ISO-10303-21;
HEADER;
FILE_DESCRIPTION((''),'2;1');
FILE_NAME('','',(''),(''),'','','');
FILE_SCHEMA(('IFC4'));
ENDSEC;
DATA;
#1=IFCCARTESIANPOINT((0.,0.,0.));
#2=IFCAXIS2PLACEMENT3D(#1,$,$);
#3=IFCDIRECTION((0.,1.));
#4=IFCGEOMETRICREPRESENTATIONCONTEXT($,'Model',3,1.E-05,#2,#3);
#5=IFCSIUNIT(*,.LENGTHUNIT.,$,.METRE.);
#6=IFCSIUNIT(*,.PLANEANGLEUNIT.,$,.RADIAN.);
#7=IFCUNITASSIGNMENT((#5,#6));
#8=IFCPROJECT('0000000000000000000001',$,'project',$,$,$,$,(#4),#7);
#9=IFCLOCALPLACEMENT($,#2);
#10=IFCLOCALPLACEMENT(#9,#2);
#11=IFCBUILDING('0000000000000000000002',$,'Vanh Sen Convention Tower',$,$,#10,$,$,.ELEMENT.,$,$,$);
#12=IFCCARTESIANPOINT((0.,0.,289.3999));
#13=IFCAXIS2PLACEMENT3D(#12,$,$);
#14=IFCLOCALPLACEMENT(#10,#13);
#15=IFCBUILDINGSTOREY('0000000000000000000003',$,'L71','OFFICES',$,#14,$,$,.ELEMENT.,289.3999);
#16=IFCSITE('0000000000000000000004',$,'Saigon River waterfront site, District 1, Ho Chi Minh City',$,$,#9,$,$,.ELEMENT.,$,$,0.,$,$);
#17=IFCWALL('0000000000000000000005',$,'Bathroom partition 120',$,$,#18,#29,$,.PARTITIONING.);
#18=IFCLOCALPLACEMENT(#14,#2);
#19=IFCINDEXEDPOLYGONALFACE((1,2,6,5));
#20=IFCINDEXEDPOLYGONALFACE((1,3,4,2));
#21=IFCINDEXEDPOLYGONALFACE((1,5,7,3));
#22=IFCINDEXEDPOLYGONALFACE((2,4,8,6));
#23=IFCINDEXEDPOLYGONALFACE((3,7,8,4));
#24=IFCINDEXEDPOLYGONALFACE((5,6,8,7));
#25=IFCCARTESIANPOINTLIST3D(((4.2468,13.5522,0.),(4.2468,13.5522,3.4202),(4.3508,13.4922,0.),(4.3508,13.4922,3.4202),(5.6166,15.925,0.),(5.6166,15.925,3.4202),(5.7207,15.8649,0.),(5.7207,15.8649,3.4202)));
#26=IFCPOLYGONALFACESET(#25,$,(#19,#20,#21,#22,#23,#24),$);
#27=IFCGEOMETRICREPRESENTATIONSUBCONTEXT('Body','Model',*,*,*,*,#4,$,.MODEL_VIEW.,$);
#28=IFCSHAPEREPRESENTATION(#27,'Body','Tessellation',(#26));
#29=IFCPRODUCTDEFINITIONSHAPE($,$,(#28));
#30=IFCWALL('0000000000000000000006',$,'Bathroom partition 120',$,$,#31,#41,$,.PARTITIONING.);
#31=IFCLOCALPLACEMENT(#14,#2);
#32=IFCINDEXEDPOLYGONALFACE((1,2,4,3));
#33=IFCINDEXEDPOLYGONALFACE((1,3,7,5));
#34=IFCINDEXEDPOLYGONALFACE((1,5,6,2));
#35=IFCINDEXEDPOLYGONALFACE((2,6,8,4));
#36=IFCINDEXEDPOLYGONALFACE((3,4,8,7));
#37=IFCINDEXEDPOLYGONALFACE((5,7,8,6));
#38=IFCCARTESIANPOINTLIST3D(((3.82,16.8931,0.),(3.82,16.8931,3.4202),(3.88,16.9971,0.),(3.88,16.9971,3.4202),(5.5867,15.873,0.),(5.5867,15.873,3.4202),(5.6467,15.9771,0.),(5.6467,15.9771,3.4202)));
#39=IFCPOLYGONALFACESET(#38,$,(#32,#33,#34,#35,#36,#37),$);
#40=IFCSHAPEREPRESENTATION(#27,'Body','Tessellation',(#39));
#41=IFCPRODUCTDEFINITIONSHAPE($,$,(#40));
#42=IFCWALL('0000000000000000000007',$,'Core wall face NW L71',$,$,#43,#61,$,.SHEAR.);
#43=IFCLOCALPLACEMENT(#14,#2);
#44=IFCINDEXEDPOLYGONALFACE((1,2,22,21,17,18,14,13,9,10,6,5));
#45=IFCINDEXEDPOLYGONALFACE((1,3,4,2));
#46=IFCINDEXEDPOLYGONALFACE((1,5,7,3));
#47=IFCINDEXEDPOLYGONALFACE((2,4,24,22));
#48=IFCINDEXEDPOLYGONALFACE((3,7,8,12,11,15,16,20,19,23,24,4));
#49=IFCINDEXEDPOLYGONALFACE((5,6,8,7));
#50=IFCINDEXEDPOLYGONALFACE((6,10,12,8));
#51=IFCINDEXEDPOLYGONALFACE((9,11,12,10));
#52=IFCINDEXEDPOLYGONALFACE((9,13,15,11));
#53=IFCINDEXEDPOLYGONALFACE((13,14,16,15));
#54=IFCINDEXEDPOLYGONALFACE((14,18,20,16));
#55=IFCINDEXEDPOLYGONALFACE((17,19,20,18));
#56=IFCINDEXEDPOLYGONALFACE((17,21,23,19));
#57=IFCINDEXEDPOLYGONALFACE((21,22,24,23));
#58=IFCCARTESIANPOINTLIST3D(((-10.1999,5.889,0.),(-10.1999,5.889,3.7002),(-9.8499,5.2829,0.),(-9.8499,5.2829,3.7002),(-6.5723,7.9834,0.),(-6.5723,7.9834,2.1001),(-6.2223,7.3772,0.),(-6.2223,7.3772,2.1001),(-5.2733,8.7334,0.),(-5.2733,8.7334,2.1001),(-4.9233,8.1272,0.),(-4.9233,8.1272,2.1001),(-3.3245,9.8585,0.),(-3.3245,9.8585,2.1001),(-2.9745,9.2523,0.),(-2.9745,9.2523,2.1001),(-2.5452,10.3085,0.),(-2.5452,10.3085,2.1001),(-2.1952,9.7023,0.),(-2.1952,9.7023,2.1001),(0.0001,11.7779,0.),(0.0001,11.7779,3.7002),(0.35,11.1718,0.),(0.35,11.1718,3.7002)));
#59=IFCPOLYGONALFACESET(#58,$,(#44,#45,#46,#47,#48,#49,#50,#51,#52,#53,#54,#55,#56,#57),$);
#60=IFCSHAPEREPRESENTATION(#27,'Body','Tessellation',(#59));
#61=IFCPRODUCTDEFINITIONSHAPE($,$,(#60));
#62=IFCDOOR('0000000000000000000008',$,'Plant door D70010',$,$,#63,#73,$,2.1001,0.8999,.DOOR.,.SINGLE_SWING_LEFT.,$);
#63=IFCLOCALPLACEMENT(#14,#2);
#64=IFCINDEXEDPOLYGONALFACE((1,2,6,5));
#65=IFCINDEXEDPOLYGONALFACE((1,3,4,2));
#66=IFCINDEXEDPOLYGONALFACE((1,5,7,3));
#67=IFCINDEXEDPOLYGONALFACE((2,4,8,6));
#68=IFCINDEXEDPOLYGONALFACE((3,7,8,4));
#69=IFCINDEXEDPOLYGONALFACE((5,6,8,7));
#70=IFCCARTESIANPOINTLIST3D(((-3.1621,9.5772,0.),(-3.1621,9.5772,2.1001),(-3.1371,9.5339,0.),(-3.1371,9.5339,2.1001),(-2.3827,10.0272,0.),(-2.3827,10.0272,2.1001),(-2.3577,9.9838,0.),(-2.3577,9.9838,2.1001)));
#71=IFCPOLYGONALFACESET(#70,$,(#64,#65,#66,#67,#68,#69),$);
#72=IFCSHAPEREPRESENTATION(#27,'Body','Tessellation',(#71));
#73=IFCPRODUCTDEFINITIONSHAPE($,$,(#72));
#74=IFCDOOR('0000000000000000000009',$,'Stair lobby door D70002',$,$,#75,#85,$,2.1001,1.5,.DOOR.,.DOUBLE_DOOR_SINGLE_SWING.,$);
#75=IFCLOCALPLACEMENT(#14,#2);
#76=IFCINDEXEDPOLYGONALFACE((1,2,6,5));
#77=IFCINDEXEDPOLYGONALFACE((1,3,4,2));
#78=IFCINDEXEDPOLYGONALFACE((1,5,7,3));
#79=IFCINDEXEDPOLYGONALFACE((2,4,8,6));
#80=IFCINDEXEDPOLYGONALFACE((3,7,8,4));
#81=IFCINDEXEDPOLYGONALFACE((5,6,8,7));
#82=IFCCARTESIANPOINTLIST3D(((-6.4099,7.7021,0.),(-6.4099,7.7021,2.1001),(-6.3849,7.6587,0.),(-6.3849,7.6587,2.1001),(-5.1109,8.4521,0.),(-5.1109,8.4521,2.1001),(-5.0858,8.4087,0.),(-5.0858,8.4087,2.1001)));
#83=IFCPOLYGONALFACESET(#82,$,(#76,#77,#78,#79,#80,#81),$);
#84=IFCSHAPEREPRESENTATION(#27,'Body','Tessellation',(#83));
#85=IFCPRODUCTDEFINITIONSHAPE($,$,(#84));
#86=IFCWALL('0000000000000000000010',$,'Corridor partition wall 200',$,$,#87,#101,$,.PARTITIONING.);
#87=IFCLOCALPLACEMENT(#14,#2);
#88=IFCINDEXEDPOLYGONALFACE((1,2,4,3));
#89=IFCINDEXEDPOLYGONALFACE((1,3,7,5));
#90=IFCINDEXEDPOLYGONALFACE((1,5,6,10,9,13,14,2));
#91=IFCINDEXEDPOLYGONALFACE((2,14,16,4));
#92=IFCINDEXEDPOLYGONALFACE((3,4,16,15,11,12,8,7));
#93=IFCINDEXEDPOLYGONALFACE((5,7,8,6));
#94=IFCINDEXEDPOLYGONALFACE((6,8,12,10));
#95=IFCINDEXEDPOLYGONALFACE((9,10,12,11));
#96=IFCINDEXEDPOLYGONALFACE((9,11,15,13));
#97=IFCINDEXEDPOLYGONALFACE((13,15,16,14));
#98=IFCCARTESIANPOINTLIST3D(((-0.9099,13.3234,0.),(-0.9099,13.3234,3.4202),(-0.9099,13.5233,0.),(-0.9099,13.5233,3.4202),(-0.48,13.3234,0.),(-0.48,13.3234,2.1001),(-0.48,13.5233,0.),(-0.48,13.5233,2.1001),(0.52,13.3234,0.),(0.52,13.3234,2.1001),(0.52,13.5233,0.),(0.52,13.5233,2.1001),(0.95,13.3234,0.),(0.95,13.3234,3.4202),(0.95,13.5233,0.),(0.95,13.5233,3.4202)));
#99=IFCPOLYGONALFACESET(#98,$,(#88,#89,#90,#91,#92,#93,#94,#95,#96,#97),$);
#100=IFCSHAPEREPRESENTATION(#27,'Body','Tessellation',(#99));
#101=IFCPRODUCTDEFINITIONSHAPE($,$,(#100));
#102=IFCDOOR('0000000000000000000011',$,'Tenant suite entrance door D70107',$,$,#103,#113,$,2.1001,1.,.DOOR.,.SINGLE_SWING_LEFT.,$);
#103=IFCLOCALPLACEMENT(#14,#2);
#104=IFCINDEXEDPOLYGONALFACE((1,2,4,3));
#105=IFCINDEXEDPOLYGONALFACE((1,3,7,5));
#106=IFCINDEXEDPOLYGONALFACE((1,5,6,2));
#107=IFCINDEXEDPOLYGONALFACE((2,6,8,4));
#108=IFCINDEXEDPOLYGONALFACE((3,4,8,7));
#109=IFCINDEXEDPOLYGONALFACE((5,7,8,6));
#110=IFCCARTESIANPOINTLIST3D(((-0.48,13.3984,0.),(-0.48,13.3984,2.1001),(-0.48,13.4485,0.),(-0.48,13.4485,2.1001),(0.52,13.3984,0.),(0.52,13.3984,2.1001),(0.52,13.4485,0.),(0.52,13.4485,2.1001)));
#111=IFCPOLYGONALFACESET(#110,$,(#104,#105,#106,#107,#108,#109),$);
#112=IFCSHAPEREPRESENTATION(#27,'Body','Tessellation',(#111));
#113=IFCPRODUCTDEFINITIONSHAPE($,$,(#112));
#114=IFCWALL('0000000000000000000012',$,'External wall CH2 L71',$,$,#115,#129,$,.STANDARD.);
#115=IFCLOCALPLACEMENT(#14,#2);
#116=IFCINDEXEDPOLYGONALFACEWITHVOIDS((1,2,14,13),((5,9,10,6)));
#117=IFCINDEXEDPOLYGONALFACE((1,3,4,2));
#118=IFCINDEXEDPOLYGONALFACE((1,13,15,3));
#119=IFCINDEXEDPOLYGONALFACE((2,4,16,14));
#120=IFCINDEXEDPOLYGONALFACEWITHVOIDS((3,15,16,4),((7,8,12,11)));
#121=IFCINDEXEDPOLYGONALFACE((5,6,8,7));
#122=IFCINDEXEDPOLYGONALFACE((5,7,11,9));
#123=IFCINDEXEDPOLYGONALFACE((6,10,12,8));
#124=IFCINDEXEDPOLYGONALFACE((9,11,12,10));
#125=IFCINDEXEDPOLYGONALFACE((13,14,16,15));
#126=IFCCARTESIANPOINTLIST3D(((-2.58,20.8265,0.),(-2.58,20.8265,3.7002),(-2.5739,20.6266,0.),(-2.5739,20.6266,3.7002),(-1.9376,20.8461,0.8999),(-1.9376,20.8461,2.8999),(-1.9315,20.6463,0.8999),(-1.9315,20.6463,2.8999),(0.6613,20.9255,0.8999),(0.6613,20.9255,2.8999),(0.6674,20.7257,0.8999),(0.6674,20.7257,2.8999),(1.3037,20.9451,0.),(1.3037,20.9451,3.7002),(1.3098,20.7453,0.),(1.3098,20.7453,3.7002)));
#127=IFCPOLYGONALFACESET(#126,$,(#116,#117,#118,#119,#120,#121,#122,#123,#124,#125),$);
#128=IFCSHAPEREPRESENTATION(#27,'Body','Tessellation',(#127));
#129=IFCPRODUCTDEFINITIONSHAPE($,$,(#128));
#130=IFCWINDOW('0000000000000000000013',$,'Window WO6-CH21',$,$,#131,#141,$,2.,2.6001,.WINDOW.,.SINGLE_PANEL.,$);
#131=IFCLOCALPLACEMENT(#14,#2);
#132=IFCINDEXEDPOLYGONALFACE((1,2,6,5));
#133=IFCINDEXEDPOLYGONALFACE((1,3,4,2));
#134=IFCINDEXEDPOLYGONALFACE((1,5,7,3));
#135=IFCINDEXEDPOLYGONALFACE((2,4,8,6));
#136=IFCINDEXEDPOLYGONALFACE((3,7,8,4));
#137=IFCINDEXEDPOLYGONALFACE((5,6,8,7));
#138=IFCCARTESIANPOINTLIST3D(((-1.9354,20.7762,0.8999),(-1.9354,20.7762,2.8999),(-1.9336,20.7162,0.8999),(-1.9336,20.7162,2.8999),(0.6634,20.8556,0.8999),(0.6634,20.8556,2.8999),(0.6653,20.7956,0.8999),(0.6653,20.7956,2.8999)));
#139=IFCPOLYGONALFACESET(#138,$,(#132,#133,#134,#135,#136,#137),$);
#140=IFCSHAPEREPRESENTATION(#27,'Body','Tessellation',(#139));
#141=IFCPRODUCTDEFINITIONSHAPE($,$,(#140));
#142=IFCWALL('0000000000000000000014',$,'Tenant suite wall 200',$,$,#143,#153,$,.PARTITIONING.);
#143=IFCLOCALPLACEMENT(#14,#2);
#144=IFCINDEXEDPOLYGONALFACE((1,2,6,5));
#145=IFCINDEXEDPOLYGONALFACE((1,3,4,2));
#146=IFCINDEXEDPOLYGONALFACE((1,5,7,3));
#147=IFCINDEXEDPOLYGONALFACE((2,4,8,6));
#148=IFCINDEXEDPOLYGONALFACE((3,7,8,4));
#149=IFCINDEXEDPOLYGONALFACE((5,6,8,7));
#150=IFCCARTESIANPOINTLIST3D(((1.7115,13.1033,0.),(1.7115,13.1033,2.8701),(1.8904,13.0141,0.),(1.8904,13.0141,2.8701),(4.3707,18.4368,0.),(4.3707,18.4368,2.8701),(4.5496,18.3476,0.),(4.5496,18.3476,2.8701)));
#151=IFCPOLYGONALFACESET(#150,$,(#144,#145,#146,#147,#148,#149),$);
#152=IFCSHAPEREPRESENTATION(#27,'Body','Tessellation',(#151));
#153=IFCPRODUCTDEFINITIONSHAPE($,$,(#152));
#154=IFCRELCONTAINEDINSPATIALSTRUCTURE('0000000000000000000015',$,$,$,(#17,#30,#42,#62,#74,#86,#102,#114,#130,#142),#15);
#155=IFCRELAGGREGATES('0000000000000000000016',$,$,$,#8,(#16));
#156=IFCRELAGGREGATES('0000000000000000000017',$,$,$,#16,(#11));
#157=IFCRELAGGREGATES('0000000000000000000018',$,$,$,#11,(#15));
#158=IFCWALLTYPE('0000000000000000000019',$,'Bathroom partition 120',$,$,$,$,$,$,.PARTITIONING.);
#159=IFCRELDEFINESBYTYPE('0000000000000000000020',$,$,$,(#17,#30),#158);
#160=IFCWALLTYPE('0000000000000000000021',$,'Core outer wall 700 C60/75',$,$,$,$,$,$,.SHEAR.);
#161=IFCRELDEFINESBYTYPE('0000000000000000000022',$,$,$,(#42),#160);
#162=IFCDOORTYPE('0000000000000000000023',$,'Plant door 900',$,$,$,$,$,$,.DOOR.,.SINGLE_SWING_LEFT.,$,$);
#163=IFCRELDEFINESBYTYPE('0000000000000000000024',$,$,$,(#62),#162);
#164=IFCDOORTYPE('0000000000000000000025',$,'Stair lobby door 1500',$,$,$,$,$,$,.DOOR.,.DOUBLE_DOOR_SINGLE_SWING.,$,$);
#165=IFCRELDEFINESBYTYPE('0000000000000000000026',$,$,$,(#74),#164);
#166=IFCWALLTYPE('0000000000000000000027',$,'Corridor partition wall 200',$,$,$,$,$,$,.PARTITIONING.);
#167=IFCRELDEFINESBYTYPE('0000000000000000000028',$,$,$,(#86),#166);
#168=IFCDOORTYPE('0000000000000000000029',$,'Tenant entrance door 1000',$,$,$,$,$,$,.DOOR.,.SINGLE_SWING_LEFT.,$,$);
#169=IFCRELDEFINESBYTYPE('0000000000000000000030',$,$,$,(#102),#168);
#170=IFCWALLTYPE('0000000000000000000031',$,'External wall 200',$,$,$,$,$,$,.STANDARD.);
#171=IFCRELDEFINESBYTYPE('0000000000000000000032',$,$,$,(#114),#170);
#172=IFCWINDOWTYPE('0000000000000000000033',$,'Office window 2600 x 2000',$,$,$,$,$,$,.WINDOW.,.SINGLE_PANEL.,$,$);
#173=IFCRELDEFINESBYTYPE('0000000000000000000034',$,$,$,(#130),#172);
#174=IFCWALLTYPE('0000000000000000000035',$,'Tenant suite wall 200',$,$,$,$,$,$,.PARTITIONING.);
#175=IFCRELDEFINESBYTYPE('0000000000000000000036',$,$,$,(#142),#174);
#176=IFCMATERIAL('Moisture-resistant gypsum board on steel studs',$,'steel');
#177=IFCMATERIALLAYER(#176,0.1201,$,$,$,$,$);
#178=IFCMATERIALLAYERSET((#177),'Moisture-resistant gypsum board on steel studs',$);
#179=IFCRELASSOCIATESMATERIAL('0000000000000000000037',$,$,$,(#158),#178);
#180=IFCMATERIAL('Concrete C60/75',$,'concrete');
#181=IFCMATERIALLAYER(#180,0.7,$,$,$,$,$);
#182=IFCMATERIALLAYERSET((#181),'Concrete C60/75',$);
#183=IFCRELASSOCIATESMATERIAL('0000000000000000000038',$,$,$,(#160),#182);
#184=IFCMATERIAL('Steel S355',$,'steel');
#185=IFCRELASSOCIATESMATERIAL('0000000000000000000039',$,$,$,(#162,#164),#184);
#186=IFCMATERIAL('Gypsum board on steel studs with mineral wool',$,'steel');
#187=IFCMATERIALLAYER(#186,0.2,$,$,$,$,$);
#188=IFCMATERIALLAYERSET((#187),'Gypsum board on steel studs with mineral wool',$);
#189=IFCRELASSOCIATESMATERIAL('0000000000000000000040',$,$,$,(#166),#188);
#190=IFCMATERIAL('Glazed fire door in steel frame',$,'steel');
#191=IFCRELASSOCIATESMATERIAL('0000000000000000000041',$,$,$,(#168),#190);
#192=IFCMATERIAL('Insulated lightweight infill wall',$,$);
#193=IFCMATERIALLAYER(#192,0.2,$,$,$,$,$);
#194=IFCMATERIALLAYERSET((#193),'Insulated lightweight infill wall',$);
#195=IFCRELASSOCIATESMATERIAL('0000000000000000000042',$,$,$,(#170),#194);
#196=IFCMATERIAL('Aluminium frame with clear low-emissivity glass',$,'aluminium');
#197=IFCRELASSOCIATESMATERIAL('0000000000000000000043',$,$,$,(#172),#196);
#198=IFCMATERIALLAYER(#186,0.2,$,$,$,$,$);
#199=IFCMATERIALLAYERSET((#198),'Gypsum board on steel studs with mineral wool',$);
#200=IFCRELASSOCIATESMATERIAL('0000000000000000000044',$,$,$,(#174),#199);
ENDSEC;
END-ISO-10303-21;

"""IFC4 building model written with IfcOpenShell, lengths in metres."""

from ifc_helpers import new_model, si_unit, direction, frame, frame_2d, origin, place, context, subcontext, project, spatial, rectangle, extrude, material, layer, layer_set, type_object, element, fill, save


model = new_model("IFC4")

# Units and contexts
model_context = context("Model", 3, precision=1e-05, world=origin(), true_north=direction((0.0, 1.0)))
body_context = subcontext(model_context, "Body", "Model", "MODEL_VIEW")
ifc_project = project(units=[si_unit("LENGTHUNIT", "METRE"), si_unit("PLANEANGLEUNIT", "RADIAN")], contexts=[model_context])

# Site, building, storey
site_placement = place(None, origin())
site = spatial("IfcSite", under=ifc_project, at=site_placement, Name="Saigon River waterfront site, District 1, Ho Chi Minh City", CompositionType="ELEMENT", RefElevation=0.0)
building_placement = place(site_placement, origin())
building = spatial("IfcBuilding", under=site, at=building_placement, Name="Vanh Sen Convention Tower", CompositionType="ELEMENT")
storey_placement = place(building_placement, frame((0.0, 0.0, 289.3999)))
storey = spatial("IfcBuildingStorey", under=building, at=storey_placement, Name="L71", Description="OFFICES", CompositionType="ELEMENT", Elevation=289.3999)

# Shared definitions
ifc_material_1 = material(Name="Concrete C60/75", Category="concrete")

# Walls
ifc_material_2 = material(Name="Moisture-resistant gypsum board on steel studs", Category="steel")
ifc_layer_1 = layer(ifc_material_2, 0.1201)
ifc_layer_set_1 = layer_set([ifc_layer_1], Name="Moisture-resistant gypsum board on steel studs")
wall_type_1 = type_object("IfcWallType", Name="Bathroom partition 120", PredefinedType="PARTITIONING", material=ifc_layer_set_1)
wall_1_placement = place(storey_placement, frame((4.2988, 13.5222, 0.0), z_axis=(0.0, 0.0, 1.0), x_axis=(0.499982, 0.866036, 0.0)))
element("IfcWall", 1, at=wall_1_placement, inside=storey, type_object=wall_type_1, Name="Bathroom partition 120", PredefinedType="PARTITIONING", context=body_context, shape_type="SweptSolid", body=[
    extrude(rectangle(XDim=2.7397, YDim=0.1201, at=frame_2d((1.3699, 0.0))), origin(), (0.0, 0.0, 1.0), 3.4202),
])
wall_2_placement = place(storey_placement, frame((5.6167, 15.925, 0.0), z_axis=(0.0, 0.0, 1.0), x_axis=(-0.86601, 0.500026, 0.0)))
element("IfcWall", 2, at=wall_2_placement, inside=storey, type_object=wall_type_1, Name="Bathroom partition 120", PredefinedType="PARTITIONING", context=body_context, shape_type="SweptSolid", body=[
    extrude(rectangle(XDim=2.04, YDim=0.1201, at=frame_2d((1.02, 0.0))), origin(), (0.0, 0.0, 1.0), 3.4202),
])

# Wall, openings, doors
ifc_layer_2 = layer(ifc_material_1, 0.7)
ifc_layer_set_2 = layer_set([ifc_layer_2], Name="Concrete C60/75")
wall_type_2 = type_object("IfcWallType", Name="Core outer wall 700 C60/75", PredefinedType="SHEAR", material=ifc_layer_set_2)
wall_3_placement = place(storey_placement, frame((0.175, 11.4749, 0.0), z_axis=(0.0, 0.0, 1.0), x_axis=(-0.866026, -0.499998, 0.0)))
wall_3 = element("IfcWall", 3, at=wall_3_placement, inside=storey, type_object=wall_type_2, Name="Core wall face NW L71", PredefinedType="SHEAR", context=body_context, shape_type="SweptSolid", body=[
    extrude(rectangle(XDim=11.7778, YDim=0.7, at=frame_2d((5.8889, 0.0))), origin(), (0.0, 0.0, 1.0), 3.7002),
])
opening_1_placement = place(wall_3_placement, frame((6.0891, 0.0, 0.0)))
opening_1 = element("IfcOpeningElement", 4, at=opening_1_placement, cuts=wall_3, PredefinedType="OPENING", context=body_context, shape_type="SweptSolid", body=[
    extrude(rectangle(XDim=1.5, YDim=2.1001, at=frame_2d((0.75, 1.05))), frame((0.0, 0.3599, 0.0), z_axis=(0.0, -1.0, 0.0), x_axis=(1.0, 0.0, 0.0)), (0.0, 0.0, 1.0), 0.72),
])
opening_2_placement = place(wall_3_placement, frame((2.939, 0.0, 0.0)))
opening_2 = element("IfcOpeningElement", 5, at=opening_2_placement, cuts=wall_3, PredefinedType="OPENING", context=body_context, shape_type="SweptSolid", body=[
    extrude(rectangle(XDim=0.8999, YDim=2.1001, at=frame_2d((0.45, 1.05))), frame((0.0, 0.3599, 0.0), z_axis=(0.0, -1.0, 0.0), x_axis=(1.0, 0.0, 0.0)), (0.0, 0.0, 1.0), 0.72),
])
ifc_material_3 = material(Name="Steel S355", Category="steel")
door_type_1 = type_object("IfcDoorType", Name="Plant door 900", OperationType="SINGLE_SWING_LEFT", PredefinedType="DOOR", material=ifc_material_3)
door_1_placement = place(opening_2_placement, origin())
door_1 = element("IfcDoor", 6, at=door_1_placement, inside=storey, type_object=door_type_1, Name="Plant door D70010", OperationType="SINGLE_SWING_LEFT", OverallHeight=2.1001, OverallWidth=0.8999, PredefinedType="DOOR", context=body_context, shape_type="SweptSolid", body=[
    extrude(rectangle(XDim=0.8999, YDim=2.1001, at=frame_2d((0.45, 1.05))), frame((0.0, 0.0249, 0.0), z_axis=(0.0, -1.0, 0.0), x_axis=(1.0, 0.0, 0.0)), (0.0, 0.0, 1.0), 0.05),
])
fill(opening_2, door_1)
door_type_2 = type_object("IfcDoorType", Name="Stair lobby door 1500", OperationType="DOUBLE_DOOR_SINGLE_SWING", PredefinedType="DOOR", material=ifc_material_3)
door_2_placement = place(opening_1_placement, origin())
door_2 = element("IfcDoor", 7, at=door_2_placement, inside=storey, type_object=door_type_2, Name="Stair lobby door D70002", OperationType="DOUBLE_DOOR_SINGLE_SWING", OverallHeight=2.1001, OverallWidth=1.5, PredefinedType="DOOR", context=body_context, shape_type="SweptSolid", body=[
    extrude(rectangle(XDim=1.5, YDim=2.1001, at=frame_2d((0.75, 1.05))), frame((0.0, 0.0249, 0.0), z_axis=(0.0, -1.0, 0.0), x_axis=(1.0, 0.0, 0.0)), (0.0, 0.0, 1.0), 0.05),
])
fill(opening_1, door_2)

# Wall, opening, door
ifc_material_4 = material(Name="Gypsum board on steel studs with mineral wool", Category="steel")
ifc_layer_3 = layer(ifc_material_4, 0.2)
ifc_layer_set_3 = layer_set([ifc_layer_3], Name="Gypsum board on steel studs with mineral wool")
wall_type_3 = type_object("IfcWallType", Name="Corridor partition wall 200", PredefinedType="PARTITIONING", material=ifc_layer_set_3)
wall_4_placement = place(storey_placement, frame((0.95, 13.4233, 0.0), z_axis=(0.0, 0.0, 1.0), x_axis=(-1.0, 0.0, 0.0)))
wall_4 = element("IfcWall", 8, at=wall_4_placement, inside=storey, type_object=wall_type_3, Name="Corridor partition wall 200", PredefinedType="PARTITIONING", context=body_context, shape_type="SweptSolid", body=[
    extrude(rectangle(XDim=1.8599, YDim=0.2, at=frame_2d((0.9299, 0.0))), origin(), (0.0, 0.0, 1.0), 3.4202),
])
opening_3_placement = place(wall_4_placement, frame((0.4299, 0.0, 0.0)))
opening_3 = element("IfcOpeningElement", 9, at=opening_3_placement, cuts=wall_4, PredefinedType="OPENING", context=body_context, shape_type="SweptSolid", body=[
    extrude(rectangle(XDim=1.0, YDim=2.1001, at=frame_2d((0.5, 1.05))), frame((0.0, 0.1099, 0.0), z_axis=(0.0, -1.0, 0.0), x_axis=(1.0, 0.0, 0.0)), (0.0, 0.0, 1.0), 0.22),
])
ifc_material_5 = material(Name="Glazed fire door in steel frame", Category="steel")
door_type_3 = type_object("IfcDoorType", Name="Tenant entrance door 1000", OperationType="SINGLE_SWING_LEFT", PredefinedType="DOOR", material=ifc_material_5)
door_3_placement = place(opening_3_placement, origin())
door_3 = element("IfcDoor", 10, at=door_3_placement, inside=storey, type_object=door_type_3, Name="Tenant suite entrance door D70107", OperationType="SINGLE_SWING_LEFT", OverallHeight=2.1001, OverallWidth=1.0, PredefinedType="DOOR", context=body_context, shape_type="SweptSolid", body=[
    extrude(rectangle(XDim=1.0, YDim=2.1001, at=frame_2d((0.5, 1.05))), frame((0.0, 0.0249, 0.0), z_axis=(0.0, -1.0, 0.0), x_axis=(1.0, 0.0, 0.0)), (0.0, 0.0, 1.0), 0.05),
])
fill(opening_3, door_3)

# Wall, opening, window
ifc_material_6 = material(Name="Insulated lightweight infill wall")
ifc_layer_4 = layer(ifc_material_6, 0.2)
ifc_layer_set_4 = layer_set([ifc_layer_4], Name="Insulated lightweight infill wall")
wall_type_4 = type_object("IfcWallType", Name="External wall 200", PredefinedType="STANDARD", material=ifc_layer_set_4)
wall_5_placement = place(storey_placement, frame((1.3069, 20.8452, 0.0), z_axis=(0.0, 0.0, 1.0), x_axis=(-0.999534, -0.030536, 0.0)))
wall_5 = element("IfcWall", 11, at=wall_5_placement, inside=storey, type_object=wall_type_4, Name="External wall CH2 L71", PredefinedType="STANDARD", context=body_context, shape_type="SweptSolid", body=[
    extrude(rectangle(XDim=3.8855, YDim=0.2, at=frame_2d((1.9429, 0.0))), origin(), (0.0, 0.0, 1.0), 3.7002),
])
opening_4_placement = place(wall_5_placement, frame((0.6428, 0.0, 0.8999)))
opening_4 = element("IfcOpeningElement", 12, at=opening_4_placement, cuts=wall_5, PredefinedType="OPENING", context=body_context, shape_type="SweptSolid", body=[
    extrude(rectangle(XDim=2.6001, YDim=2.0, at=frame_2d((1.3, 1.0))), frame((0.0, 0.1099, 0.0), z_axis=(0.0, -1.0, 0.0), x_axis=(1.0, 0.0, 0.0)), (0.0, 0.0, 1.0), 0.22),
])
ifc_material_7 = material(Name="Aluminium frame with clear low-emissivity glass", Category="aluminium")
window_type = type_object("IfcWindowType", Name="Office window 2600 x 2000", PartitioningType="SINGLE_PANEL", PredefinedType="WINDOW", material=ifc_material_7)
window_placement = place(opening_4_placement, origin())
window = element("IfcWindow", 13, at=window_placement, inside=storey, type_object=window_type, Name="Window WO6-CH21", OverallHeight=2.0, OverallWidth=2.6001, PartitioningType="SINGLE_PANEL", PredefinedType="WINDOW", context=body_context, shape_type="SweptSolid", body=[
    extrude(rectangle(XDim=2.6001, YDim=2.0, at=frame_2d((1.3, 1.0))), frame((0.0, 0.03, 0.0), z_axis=(0.0, -1.0, 0.0), x_axis=(1.0, 0.0, 0.0)), (0.0, 0.0, 1.0), 0.0601),
])
fill(opening_4, window)

# Wall
ifc_layer_5 = layer(ifc_material_4, 0.2)
ifc_layer_set_5 = layer_set([ifc_layer_5], Name="Gypsum board on steel studs with mineral wool")
wall_type_5 = type_object("IfcWallType", Name="Tenant suite wall 200", PredefinedType="PARTITIONING", material=ifc_layer_set_5)
wall_6_placement = place(storey_placement, frame((4.4602, 18.3923, 0.0), z_axis=(0.0, 0.0, 1.0), x_axis=(-0.446197, -0.894935, 0.0)))
element("IfcWall", 14, at=wall_6_placement, inside=storey, type_object=wall_type_5, Name="Tenant suite wall 200", PredefinedType="PARTITIONING", context=body_context, shape_type="SweptSolid", body=[
    extrude(rectangle(XDim=5.9597, YDim=0.2, at=frame_2d((2.98, 0.0))), origin(), (0.0, 0.0, 1.0), 2.8701),
])

save(model, "model.ifc")
